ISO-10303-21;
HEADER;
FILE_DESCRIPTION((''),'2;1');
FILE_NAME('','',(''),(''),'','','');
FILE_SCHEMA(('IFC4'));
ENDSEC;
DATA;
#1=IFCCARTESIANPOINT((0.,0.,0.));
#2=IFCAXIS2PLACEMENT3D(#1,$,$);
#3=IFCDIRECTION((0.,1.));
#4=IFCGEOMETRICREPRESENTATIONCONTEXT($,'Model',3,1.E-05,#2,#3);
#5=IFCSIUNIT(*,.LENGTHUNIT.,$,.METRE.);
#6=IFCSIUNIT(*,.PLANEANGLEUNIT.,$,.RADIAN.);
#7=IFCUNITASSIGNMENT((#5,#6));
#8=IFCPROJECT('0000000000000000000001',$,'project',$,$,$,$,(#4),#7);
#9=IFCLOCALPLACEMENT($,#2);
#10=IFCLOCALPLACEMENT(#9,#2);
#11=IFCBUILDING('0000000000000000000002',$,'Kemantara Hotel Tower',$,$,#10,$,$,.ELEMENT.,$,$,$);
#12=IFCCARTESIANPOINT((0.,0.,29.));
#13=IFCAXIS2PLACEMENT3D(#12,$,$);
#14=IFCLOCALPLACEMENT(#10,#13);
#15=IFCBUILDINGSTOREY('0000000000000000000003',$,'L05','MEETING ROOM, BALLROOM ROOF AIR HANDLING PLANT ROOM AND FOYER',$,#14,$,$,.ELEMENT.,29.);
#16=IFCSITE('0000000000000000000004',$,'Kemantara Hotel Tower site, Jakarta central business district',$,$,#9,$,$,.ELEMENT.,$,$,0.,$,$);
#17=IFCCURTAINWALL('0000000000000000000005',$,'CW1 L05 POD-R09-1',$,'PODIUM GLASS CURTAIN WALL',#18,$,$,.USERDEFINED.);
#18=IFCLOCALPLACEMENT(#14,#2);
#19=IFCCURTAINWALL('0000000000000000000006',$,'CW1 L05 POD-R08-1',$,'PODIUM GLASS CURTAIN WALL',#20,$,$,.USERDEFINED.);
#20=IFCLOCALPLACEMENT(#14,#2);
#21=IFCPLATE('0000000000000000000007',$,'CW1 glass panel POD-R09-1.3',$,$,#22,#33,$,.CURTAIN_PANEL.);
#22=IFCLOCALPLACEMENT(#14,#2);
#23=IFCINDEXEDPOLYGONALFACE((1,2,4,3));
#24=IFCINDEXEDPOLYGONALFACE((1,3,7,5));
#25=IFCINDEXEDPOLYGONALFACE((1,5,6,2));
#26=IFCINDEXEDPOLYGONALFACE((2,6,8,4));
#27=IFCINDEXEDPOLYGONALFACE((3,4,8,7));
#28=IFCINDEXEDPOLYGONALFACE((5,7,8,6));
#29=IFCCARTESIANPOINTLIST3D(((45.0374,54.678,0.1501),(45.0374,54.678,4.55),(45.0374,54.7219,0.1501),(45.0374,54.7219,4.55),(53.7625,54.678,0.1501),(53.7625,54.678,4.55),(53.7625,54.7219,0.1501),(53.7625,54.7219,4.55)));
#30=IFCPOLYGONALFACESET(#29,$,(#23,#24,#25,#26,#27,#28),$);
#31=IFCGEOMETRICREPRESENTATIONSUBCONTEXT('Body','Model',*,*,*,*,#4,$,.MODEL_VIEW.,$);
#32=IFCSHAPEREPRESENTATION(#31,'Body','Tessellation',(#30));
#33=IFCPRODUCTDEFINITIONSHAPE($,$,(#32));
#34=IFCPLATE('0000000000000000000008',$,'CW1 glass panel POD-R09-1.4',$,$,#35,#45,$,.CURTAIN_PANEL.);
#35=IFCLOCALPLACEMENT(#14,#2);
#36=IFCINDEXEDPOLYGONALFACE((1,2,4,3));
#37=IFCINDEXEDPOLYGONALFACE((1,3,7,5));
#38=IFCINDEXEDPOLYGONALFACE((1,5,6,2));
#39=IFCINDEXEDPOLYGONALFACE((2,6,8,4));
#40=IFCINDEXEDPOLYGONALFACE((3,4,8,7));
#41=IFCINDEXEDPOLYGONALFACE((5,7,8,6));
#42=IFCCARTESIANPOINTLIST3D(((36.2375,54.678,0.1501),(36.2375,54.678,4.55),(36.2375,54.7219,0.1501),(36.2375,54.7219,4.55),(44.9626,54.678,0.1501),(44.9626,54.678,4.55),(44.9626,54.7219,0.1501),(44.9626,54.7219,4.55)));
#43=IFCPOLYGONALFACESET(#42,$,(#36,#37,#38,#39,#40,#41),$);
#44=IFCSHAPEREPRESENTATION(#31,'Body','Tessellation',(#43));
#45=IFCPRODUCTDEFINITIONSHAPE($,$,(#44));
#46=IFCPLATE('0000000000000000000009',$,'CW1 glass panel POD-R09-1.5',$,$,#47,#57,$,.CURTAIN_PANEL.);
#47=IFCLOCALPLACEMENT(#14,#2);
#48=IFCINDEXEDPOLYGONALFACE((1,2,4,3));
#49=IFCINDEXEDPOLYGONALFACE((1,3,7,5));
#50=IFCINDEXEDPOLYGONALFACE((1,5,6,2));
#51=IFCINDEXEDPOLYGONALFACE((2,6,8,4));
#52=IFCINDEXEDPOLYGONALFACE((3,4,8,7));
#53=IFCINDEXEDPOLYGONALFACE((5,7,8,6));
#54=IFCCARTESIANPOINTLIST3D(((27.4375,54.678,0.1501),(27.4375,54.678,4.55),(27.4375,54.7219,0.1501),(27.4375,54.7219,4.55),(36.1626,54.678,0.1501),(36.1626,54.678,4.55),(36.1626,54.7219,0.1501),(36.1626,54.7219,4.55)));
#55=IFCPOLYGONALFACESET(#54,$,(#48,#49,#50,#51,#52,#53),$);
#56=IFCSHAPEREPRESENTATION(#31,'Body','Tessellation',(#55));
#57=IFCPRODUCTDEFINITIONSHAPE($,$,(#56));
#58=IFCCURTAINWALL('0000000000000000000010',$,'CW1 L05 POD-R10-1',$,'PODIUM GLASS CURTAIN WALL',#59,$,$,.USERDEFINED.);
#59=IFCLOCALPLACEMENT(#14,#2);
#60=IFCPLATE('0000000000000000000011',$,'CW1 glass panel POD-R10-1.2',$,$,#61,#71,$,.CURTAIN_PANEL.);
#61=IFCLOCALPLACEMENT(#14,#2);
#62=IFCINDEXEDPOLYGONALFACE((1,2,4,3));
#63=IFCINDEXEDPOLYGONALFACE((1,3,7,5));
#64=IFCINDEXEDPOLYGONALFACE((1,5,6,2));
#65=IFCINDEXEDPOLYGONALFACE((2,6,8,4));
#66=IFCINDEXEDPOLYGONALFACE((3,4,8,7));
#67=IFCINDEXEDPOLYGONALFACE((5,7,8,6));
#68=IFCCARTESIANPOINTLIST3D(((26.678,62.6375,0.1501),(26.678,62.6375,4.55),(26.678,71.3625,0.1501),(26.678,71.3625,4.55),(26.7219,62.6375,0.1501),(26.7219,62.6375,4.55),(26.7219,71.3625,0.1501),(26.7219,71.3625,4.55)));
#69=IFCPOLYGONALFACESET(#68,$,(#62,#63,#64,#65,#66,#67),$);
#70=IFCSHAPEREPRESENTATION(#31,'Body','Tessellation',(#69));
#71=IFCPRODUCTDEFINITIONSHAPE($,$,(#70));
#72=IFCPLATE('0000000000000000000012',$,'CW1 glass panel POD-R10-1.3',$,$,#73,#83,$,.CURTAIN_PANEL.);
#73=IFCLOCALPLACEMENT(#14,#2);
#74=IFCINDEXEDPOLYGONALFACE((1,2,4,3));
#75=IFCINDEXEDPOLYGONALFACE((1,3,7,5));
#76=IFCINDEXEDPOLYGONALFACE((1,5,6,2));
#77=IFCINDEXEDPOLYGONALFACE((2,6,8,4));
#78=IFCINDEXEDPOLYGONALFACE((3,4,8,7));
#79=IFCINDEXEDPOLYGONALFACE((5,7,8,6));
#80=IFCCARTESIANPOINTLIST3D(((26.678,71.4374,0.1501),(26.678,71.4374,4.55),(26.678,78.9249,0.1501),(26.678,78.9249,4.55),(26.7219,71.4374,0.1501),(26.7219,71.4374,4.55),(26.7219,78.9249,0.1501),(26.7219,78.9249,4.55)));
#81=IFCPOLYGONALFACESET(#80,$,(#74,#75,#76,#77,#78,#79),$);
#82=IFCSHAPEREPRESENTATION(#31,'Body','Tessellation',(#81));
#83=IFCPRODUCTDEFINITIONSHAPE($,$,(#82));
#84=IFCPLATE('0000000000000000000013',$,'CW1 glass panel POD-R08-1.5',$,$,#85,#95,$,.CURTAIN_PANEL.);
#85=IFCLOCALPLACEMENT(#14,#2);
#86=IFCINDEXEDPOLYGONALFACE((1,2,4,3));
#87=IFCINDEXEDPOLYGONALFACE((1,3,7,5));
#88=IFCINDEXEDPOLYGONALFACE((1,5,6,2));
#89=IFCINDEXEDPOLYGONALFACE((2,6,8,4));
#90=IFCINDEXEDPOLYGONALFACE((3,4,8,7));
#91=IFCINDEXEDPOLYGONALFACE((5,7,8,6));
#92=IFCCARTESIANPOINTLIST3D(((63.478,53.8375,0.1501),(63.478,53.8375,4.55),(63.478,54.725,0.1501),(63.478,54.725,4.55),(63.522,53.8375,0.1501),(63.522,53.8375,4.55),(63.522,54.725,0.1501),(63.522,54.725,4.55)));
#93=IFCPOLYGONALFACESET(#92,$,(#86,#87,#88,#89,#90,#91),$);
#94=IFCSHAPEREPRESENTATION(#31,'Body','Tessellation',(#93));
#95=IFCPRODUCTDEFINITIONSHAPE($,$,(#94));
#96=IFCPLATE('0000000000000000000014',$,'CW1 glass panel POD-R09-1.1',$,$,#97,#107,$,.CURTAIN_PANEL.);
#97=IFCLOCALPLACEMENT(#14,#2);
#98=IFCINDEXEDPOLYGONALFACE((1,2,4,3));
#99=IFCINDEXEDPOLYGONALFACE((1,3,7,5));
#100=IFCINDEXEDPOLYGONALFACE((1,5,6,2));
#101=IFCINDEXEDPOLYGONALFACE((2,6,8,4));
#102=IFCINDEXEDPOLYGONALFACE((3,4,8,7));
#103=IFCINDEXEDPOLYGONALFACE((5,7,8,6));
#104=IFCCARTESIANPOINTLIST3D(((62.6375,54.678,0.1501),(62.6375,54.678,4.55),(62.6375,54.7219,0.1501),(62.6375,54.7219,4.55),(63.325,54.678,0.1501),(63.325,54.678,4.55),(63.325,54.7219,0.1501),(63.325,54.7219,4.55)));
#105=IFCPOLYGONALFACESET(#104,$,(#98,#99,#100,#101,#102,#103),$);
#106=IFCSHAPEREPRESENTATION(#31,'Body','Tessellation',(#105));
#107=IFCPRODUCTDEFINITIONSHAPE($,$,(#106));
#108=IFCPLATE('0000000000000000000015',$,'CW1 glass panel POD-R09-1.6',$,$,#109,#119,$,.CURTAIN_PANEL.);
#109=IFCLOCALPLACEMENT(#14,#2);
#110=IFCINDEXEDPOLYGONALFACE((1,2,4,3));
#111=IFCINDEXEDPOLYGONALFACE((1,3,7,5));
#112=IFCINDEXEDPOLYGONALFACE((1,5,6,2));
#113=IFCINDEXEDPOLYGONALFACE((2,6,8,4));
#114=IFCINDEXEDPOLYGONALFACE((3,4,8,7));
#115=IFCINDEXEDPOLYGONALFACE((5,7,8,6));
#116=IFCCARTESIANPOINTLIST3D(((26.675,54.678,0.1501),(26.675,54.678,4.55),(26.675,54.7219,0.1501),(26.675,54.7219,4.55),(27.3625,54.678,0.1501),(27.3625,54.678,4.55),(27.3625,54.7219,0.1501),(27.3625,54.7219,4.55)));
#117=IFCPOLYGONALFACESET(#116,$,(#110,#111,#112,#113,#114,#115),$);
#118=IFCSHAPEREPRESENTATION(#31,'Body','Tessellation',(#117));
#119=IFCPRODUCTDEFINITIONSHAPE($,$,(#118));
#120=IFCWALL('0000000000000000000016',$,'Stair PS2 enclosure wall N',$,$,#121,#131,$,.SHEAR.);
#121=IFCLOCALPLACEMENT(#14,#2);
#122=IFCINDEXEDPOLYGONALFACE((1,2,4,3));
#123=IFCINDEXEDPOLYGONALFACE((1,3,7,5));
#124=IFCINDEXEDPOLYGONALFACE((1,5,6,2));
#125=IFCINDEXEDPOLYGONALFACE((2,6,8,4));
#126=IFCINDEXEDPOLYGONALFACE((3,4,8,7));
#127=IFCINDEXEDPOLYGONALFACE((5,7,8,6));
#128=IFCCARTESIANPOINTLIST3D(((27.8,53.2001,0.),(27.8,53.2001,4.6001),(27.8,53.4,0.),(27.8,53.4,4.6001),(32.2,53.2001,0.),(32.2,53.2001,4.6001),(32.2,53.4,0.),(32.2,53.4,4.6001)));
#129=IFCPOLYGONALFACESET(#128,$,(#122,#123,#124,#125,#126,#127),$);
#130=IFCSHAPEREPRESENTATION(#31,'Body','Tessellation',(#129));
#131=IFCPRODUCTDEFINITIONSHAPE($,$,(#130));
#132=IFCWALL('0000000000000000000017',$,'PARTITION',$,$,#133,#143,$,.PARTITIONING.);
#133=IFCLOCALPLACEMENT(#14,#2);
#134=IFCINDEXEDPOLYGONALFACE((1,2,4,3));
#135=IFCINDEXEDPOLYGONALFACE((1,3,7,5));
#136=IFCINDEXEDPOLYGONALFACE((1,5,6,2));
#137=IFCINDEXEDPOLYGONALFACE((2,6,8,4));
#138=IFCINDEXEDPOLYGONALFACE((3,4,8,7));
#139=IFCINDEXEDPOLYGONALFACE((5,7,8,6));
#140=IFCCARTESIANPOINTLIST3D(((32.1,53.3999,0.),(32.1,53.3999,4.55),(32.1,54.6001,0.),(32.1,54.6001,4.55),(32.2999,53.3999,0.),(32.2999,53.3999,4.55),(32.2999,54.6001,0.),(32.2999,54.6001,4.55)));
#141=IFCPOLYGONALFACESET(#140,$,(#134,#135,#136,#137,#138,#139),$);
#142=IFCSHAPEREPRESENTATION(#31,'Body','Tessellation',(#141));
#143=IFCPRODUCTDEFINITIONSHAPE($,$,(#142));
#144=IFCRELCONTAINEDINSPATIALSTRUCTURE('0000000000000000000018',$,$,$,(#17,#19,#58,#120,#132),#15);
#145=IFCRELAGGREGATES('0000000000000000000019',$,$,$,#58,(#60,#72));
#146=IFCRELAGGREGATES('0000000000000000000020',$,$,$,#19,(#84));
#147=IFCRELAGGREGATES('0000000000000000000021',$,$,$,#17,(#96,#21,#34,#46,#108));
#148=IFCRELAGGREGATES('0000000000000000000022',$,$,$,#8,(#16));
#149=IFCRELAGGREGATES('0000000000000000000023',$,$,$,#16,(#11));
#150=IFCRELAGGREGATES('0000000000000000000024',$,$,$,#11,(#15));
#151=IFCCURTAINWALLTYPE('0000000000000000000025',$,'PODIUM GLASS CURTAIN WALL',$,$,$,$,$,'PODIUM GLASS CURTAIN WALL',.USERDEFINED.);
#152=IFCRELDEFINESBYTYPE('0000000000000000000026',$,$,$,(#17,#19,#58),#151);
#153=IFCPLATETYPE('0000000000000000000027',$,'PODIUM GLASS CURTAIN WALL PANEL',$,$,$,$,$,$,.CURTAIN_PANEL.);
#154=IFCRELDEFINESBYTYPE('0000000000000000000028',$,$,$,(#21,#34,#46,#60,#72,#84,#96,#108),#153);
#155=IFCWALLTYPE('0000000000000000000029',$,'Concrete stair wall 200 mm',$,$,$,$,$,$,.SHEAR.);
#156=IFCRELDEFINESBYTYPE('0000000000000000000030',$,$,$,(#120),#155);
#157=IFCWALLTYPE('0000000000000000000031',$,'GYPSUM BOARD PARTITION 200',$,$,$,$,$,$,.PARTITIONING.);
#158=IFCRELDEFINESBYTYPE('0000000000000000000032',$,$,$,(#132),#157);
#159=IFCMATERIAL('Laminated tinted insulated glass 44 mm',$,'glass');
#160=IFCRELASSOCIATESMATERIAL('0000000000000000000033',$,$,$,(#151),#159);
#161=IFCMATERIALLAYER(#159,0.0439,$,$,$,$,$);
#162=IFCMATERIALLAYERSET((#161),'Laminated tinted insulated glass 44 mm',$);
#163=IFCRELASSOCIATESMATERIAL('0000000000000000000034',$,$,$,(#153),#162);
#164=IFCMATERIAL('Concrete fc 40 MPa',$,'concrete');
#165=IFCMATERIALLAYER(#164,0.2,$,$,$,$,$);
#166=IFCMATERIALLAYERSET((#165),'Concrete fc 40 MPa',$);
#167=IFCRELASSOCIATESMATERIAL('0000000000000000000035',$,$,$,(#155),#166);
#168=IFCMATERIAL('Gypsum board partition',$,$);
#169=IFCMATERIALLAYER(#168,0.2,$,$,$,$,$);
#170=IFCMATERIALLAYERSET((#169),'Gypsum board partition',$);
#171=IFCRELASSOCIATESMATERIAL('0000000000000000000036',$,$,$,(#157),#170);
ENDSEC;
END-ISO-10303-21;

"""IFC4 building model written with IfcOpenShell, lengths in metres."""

from ifc_helpers import new_model, si_unit, direction, frame, frame_2d, origin, origin_2d, place, context, subcontext, project, spatial, rectangle, extrude, source, transform, mapped, material, layer, layer_set, type_object, element, aggregate, save


model = new_model("IFC4")

# Units and contexts
model_context = context("Model", 3, precision=1e-05, world=origin(), true_north=direction((0.0, 1.0)))
body_context = subcontext(model_context, "Body", "Model", "MODEL_VIEW")
ifc_project = project(units=[si_unit("LENGTHUNIT", "METRE"), si_unit("PLANEANGLEUNIT", "RADIAN")], contexts=[model_context])

# Site, building, storey
site_placement = place(None, origin())
site = spatial("IfcSite", under=ifc_project, at=site_placement, Name="Kemantara Hotel Tower site, Jakarta central business district", CompositionType="ELEMENT", RefElevation=0.0)
building_placement = place(site_placement, origin())
building = spatial("IfcBuilding", under=site, at=building_placement, Name="Kemantara Hotel Tower", CompositionType="ELEMENT")
storey_placement = place(building_placement, frame((0.0, 0.0, 29.0)))
storey = spatial("IfcBuildingStorey", under=building, at=storey_placement, Name="L05", Description="MEETING ROOM, BALLROOM ROOF AIR HANDLING PLANT ROOM AND FOYER", CompositionType="ELEMENT", Elevation=29.0)

# Curtain wall
ifc_material_1 = material(Name="Laminated tinted insulated glass 44 mm", Category="glass")
curtain_wall_type = type_object("IfcCurtainWallType", Name="PODIUM GLASS CURTAIN WALL", ElementType="PODIUM GLASS CURTAIN WALL", PredefinedType="USERDEFINED", material=ifc_material_1)
curtain_wall_1_placement = place(storey_placement, origin())
curtain_wall_1 = element("IfcCurtainWall", 1, at=curtain_wall_1_placement, inside=storey, type_object=curtain_wall_type, Name="CW1 L05 POD-R09-1", ObjectType="PODIUM GLASS CURTAIN WALL", PredefinedType="USERDEFINED")

# Curtain wall
curtain_wall_2_placement = place(storey_placement, origin())
curtain_wall_2 = element("IfcCurtainWall", 2, at=curtain_wall_2_placement, inside=storey, type_object=curtain_wall_type, Name="CW1 L05 POD-R08-1", ObjectType="PODIUM GLASS CURTAIN WALL", PredefinedType="USERDEFINED")

# Plates
ifc_layer_1 = layer(ifc_material_1, 0.0439)
ifc_layer_set_1 = layer_set([ifc_layer_1], Name="Laminated tinted insulated glass 44 mm")
plate_type = type_object("IfcPlateType", Name="PODIUM GLASS CURTAIN WALL PANEL", PredefinedType="CURTAIN_PANEL", material=ifc_layer_set_1)
shared_shape_1 = source(origin(), body_context, "Body", "SweptSolid", [
    extrude(rectangle(XDim=8.7251, YDim=0.0439, at=origin_2d()), origin(), (0.0, 0.0, 1.0), 4.3999),
])
plate_1_placement = place(storey_placement, frame((49.3999, 54.7, 0.1501), z_axis=(0.0, 0.0, 1.0), x_axis=(-1.0, 0.0, 0.0)))
plate_1 = element("IfcPlate", 3, at=plate_1_placement, type_object=plate_type, Name="CW1 glass panel POD-R09-1.3", PredefinedType="CURTAIN_PANEL", context=body_context, shape_type="MappedRepresentation", body=[
    mapped(shared_shape_1, transform((0.0, 0.0, 0.0))),
])
plate_2_placement = place(storey_placement, frame((40.6001, 54.7, 0.1501), z_axis=(0.0, 0.0, 1.0), x_axis=(-1.0, 0.0, 0.0)))
plate_2 = element("IfcPlate", 4, at=plate_2_placement, type_object=plate_type, Name="CW1 glass panel POD-R09-1.4", PredefinedType="CURTAIN_PANEL", context=body_context, shape_type="MappedRepresentation", body=[
    mapped(shared_shape_1, transform((0.0, 0.0, 0.0))),
])
plate_3_placement = place(storey_placement, frame((31.8, 54.7, 0.1501), z_axis=(0.0, 0.0, 1.0), x_axis=(-1.0, 0.0, 0.0)))
plate_3 = element("IfcPlate", 5, at=plate_3_placement, type_object=plate_type, Name="CW1 glass panel POD-R09-1.5", PredefinedType="CURTAIN_PANEL", context=body_context, shape_type="MappedRepresentation", body=[
    mapped(shared_shape_1, transform((0.0, 0.0, 0.0))),
])

# Curtain wall, plates
curtain_wall_3_placement = place(storey_placement, origin())
curtain_wall_3 = element("IfcCurtainWall", 6, at=curtain_wall_3_placement, inside=storey, type_object=curtain_wall_type, Name="CW1 L05 POD-R10-1", ObjectType="PODIUM GLASS CURTAIN WALL", PredefinedType="USERDEFINED")
plate_4_placement = place(storey_placement, frame((26.7, 67.0, 0.1501), z_axis=(0.0, 0.0, 1.0), x_axis=(0.0, 1.0, 0.0)))
plate_4 = element("IfcPlate", 7, at=plate_4_placement, type_object=plate_type, Name="CW1 glass panel POD-R10-1.2", PredefinedType="CURTAIN_PANEL", context=body_context, shape_type="MappedRepresentation", body=[
    mapped(shared_shape_1, transform((0.0, 0.0, 0.0))),
])
shared_shape_2 = source(origin(), body_context, "Body", "SweptSolid", [
    extrude(rectangle(XDim=7.4875, YDim=0.0439, at=origin_2d()), origin(), (0.0, 0.0, 1.0), 4.3999),
])
plate_5_placement = place(storey_placement, frame((26.7, 75.1812, 0.1501), z_axis=(0.0, 0.0, 1.0), x_axis=(0.0, 1.0, 0.0)))
plate_5 = element("IfcPlate", 8, at=plate_5_placement, type_object=plate_type, Name="CW1 glass panel POD-R10-1.3", PredefinedType="CURTAIN_PANEL", context=body_context, shape_type="MappedRepresentation", body=[
    mapped(shared_shape_2, transform((0.0, 0.0, 0.0))),
])
aggregate(curtain_wall_3, [plate_4, plate_5])

# Plates
shared_shape_3 = source(origin(), body_context, "Body", "SweptSolid", [
    extrude(rectangle(XDim=0.8875, YDim=0.0439, at=origin_2d()), origin(), (0.0, 0.0, 1.0), 4.3999),
])
plate_6_placement = place(storey_placement, frame((63.5, 54.2812, 0.1501), z_axis=(0.0, 0.0, 1.0), x_axis=(0.0, 1.0, 0.0)))
plate_6 = element("IfcPlate", 9, at=plate_6_placement, type_object=plate_type, Name="CW1 glass panel POD-R08-1.5", PredefinedType="CURTAIN_PANEL", context=body_context, shape_type="MappedRepresentation", body=[
    mapped(shared_shape_3, transform((0.0, 0.0, 0.0))),
])
aggregate(curtain_wall_2, [plate_6])
shared_shape_4 = source(origin(), body_context, "Body", "SweptSolid", [
    extrude(rectangle(XDim=0.6875, YDim=0.0439, at=origin_2d()), origin(), (0.0, 0.0, 1.0), 4.3999),
])
plate_7_placement = place(storey_placement, frame((62.9812, 54.7, 0.1501), z_axis=(0.0, 0.0, 1.0), x_axis=(-1.0, 0.0, 0.0)))
plate_7 = element("IfcPlate", 10, at=plate_7_placement, type_object=plate_type, Name="CW1 glass panel POD-R09-1.1", PredefinedType="CURTAIN_PANEL", context=body_context, shape_type="MappedRepresentation", body=[
    mapped(shared_shape_4, transform((0.0, 0.0, 0.0))),
])
plate_8_placement = place(storey_placement, frame((27.0188, 54.7, 0.1501), z_axis=(0.0, 0.0, 1.0), x_axis=(-1.0, 0.0, 0.0)))
plate_8 = element("IfcPlate", 11, at=plate_8_placement, type_object=plate_type, Name="CW1 glass panel POD-R09-1.6", PredefinedType="CURTAIN_PANEL", context=body_context, shape_type="MappedRepresentation", body=[
    mapped(shared_shape_4, transform((0.0, 0.0, 0.0))),
])
aggregate(curtain_wall_1, [plate_7, plate_1, plate_2, plate_3, plate_8])

# Walls
ifc_material_2 = material(Name="Concrete fc 40 MPa", Category="concrete")
ifc_layer_2 = layer(ifc_material_2, 0.2)
ifc_layer_set_2 = layer_set([ifc_layer_2], Name="Concrete fc 40 MPa")
wall_type_1 = type_object("IfcWallType", Name="Concrete stair wall 200 mm", PredefinedType="SHEAR", material=ifc_layer_set_2)
wall_1_placement = place(storey_placement, frame((27.8, 53.3, 0.0), z_axis=(0.0, 0.0, 1.0), x_axis=(1.0, 0.0, 0.0)))
element("IfcWall", 12, at=wall_1_placement, inside=storey, type_object=wall_type_1, Name="Stair PS2 enclosure wall N", PredefinedType="SHEAR", context=body_context, shape_type="SweptSolid", body=[
    extrude(rectangle(XDim=4.3999, YDim=0.2, at=frame_2d((2.2, 0.0))), origin(), (0.0, 0.0, 1.0), 4.6001),
])
ifc_material_3 = material(Name="Gypsum board partition")
ifc_layer_3 = layer(ifc_material_3, 0.2)
ifc_layer_set_3 = layer_set([ifc_layer_3], Name="Gypsum board partition")
wall_type_2 = type_object("IfcWallType", Name="GYPSUM BOARD PARTITION 200", PredefinedType="PARTITIONING", material=ifc_layer_set_3)
wall_2_placement = place(storey_placement, frame((32.2, 53.3999, 0.0), z_axis=(0.0, 0.0, 1.0), x_axis=(0.0, 1.0, 0.0)))
element("IfcWall", 13, at=wall_2_placement, inside=storey, type_object=wall_type_2, Name="PARTITION", PredefinedType="PARTITIONING", context=body_context, shape_type="SweptSolid", body=[
    extrude(rectangle(XDim=1.2002, YDim=0.2, at=frame_2d((0.6001, 0.0))), origin(), (0.0, 0.0, 1.0), 4.55),
])

save(model, "model.ifc")
